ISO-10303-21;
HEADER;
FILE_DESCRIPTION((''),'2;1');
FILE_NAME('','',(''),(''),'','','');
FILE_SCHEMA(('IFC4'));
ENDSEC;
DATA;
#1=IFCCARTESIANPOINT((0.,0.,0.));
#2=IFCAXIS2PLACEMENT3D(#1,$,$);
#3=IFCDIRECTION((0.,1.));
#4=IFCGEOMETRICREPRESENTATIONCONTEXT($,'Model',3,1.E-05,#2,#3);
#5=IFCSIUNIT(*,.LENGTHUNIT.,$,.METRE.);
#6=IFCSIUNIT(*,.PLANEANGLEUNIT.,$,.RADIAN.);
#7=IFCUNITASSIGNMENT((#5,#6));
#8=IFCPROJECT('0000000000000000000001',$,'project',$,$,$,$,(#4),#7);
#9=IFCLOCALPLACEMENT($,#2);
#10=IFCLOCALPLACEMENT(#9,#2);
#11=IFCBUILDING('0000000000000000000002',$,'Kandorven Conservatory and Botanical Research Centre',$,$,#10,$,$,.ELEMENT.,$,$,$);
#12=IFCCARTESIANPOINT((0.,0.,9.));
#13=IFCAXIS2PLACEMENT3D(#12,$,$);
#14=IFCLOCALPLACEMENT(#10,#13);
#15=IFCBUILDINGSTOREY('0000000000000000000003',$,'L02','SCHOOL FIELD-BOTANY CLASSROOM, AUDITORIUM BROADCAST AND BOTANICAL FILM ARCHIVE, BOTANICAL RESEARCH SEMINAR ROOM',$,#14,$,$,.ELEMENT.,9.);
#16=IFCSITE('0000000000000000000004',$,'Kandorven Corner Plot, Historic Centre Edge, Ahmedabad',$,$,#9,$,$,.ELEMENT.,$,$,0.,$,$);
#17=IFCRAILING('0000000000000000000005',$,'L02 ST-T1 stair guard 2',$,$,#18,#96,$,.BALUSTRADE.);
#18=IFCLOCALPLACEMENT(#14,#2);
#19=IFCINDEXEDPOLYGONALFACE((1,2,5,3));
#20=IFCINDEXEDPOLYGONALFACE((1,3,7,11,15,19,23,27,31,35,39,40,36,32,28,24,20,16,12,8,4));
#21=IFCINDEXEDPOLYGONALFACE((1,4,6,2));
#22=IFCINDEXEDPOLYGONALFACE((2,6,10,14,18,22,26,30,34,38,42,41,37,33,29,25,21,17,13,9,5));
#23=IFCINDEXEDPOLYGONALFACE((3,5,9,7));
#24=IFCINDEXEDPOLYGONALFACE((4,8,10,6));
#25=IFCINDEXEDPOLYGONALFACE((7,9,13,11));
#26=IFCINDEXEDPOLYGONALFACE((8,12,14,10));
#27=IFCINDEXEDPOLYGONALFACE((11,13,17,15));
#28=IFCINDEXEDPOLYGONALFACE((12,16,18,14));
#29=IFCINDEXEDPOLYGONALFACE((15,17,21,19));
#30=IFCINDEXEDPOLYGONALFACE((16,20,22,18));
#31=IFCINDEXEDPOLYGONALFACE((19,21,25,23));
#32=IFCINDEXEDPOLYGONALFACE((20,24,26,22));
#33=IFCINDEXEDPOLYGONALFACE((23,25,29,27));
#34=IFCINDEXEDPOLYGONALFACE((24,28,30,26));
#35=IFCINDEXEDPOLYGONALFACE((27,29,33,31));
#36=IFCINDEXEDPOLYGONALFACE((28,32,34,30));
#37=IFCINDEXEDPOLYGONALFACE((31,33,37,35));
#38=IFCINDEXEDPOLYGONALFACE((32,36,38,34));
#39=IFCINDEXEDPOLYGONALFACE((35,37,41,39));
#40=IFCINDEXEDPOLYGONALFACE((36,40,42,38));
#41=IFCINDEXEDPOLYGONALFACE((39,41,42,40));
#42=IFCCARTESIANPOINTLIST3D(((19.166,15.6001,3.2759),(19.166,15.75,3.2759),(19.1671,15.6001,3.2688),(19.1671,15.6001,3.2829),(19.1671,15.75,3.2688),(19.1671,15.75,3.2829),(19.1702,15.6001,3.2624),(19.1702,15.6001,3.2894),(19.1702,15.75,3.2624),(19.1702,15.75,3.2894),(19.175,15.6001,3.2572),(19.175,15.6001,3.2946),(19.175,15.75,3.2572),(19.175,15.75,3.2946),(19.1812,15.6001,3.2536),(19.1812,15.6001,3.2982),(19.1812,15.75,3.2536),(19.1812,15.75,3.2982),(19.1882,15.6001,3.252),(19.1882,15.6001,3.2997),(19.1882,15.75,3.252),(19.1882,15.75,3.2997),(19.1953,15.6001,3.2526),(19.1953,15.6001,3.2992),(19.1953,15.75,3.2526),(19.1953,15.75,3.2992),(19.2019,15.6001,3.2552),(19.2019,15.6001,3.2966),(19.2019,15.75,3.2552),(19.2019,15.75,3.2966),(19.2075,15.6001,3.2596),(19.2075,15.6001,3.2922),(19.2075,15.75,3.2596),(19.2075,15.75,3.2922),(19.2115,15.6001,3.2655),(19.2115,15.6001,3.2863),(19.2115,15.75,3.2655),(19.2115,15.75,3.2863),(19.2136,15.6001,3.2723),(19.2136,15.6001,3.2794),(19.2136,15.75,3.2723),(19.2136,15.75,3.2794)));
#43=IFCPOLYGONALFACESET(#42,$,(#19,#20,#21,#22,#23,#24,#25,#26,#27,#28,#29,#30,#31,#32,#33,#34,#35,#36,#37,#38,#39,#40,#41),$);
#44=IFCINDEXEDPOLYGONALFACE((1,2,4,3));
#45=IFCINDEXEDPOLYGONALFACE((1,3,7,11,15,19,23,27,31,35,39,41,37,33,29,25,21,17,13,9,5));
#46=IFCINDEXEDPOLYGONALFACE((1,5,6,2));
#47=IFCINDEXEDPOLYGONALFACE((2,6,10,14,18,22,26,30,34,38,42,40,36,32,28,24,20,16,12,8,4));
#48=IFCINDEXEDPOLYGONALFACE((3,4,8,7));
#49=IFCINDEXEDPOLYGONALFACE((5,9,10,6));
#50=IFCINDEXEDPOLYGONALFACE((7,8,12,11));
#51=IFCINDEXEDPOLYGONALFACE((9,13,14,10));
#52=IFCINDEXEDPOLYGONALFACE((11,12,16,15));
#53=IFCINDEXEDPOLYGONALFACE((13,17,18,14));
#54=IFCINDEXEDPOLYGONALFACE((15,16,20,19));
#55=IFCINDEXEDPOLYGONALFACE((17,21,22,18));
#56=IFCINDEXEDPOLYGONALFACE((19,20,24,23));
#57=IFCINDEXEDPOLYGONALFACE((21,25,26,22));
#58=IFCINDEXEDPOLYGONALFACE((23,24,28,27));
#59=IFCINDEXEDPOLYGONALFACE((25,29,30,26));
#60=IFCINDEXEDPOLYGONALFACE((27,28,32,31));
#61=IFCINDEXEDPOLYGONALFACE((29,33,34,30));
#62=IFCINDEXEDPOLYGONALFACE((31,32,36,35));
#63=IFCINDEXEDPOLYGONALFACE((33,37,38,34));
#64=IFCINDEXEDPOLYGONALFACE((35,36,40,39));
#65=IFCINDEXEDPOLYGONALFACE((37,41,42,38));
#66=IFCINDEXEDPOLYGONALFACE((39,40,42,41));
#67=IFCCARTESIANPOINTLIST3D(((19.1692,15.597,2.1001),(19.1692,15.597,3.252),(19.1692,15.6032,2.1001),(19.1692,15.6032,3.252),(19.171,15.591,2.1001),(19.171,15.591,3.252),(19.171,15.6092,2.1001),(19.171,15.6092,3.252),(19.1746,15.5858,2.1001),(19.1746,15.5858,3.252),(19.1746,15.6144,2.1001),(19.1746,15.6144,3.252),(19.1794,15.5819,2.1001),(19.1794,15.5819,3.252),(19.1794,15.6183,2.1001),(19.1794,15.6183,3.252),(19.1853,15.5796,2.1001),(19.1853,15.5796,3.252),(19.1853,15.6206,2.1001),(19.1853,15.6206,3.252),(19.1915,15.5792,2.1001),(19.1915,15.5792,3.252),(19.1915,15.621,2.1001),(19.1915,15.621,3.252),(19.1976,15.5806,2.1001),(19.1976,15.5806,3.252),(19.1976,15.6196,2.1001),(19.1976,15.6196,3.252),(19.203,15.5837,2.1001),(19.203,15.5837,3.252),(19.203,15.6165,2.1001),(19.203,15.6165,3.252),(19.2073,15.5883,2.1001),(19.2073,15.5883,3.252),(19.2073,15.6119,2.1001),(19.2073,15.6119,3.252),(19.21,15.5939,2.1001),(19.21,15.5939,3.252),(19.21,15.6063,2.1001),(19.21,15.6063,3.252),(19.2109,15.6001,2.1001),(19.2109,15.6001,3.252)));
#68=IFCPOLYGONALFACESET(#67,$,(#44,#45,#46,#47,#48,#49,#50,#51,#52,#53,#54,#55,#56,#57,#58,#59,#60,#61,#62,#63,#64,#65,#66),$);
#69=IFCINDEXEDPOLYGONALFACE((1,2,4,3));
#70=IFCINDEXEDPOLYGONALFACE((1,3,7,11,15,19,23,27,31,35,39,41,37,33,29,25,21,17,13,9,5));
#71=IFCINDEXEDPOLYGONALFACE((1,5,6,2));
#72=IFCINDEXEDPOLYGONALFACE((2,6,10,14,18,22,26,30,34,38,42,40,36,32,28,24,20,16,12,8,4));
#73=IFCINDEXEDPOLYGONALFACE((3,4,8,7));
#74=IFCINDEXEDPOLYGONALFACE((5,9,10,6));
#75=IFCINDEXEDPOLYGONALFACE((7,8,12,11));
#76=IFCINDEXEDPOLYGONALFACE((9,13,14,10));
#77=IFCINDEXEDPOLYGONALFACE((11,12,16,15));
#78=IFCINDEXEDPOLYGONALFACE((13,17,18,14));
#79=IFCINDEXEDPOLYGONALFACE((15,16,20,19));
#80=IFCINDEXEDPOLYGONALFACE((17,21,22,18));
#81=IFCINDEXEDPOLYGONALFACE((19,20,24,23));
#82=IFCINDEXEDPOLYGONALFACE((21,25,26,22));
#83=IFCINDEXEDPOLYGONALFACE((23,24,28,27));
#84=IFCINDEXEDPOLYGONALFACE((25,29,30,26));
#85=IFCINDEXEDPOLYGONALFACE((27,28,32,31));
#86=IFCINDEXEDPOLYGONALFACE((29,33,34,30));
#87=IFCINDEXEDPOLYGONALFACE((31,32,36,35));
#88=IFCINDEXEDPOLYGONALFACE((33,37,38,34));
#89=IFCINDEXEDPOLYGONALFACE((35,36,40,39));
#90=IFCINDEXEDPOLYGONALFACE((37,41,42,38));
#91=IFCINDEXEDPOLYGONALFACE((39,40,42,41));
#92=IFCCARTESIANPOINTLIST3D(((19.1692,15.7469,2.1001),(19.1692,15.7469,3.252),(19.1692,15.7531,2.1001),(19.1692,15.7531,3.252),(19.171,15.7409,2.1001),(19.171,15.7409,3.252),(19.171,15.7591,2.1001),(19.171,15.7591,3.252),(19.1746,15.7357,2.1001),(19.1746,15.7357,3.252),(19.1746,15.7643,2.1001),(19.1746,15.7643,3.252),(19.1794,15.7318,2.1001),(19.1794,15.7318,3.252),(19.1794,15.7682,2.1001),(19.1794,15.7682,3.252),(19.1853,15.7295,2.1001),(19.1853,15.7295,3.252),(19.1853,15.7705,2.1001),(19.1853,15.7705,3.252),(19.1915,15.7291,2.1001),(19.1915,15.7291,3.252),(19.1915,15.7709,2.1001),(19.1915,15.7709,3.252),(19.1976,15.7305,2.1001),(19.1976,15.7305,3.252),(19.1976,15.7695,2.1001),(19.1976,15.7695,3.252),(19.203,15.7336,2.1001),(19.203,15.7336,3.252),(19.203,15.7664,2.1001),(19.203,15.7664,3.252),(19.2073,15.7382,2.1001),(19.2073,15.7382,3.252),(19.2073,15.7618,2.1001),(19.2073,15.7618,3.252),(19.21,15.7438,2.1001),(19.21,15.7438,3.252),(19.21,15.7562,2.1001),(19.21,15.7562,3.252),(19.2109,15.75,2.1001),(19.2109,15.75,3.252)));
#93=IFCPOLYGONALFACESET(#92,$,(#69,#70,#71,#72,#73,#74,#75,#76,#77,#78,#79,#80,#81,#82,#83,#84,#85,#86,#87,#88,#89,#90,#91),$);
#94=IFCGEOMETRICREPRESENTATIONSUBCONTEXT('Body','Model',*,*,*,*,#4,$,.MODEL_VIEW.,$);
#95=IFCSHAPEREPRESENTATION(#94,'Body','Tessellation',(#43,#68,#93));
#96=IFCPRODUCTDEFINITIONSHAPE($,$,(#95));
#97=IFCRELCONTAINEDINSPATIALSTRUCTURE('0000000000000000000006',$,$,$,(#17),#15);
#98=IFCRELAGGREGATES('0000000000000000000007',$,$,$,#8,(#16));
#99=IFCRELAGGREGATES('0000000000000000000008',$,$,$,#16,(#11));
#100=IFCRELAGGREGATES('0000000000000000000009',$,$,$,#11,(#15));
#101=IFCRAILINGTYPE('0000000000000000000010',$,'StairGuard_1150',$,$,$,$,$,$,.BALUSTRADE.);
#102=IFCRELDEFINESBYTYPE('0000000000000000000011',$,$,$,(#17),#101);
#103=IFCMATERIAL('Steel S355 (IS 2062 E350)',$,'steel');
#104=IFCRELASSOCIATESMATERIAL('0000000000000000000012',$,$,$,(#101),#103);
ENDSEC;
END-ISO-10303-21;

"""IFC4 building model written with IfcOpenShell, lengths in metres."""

from ifc_helpers import new_model, si_unit, direction, frame, origin, origin_2d, place, context, subcontext, project, spatial, circle, extrude, material, type_object, element, save


model = new_model("IFC4")

# Units and contexts
model_context = context("Model", 3, precision=1e-05, world=origin(), true_north=direction((0.0, 1.0)))
body_context = subcontext(model_context, "Body", "Model", "MODEL_VIEW")
ifc_project = project(units=[si_unit("LENGTHUNIT", "METRE"), si_unit("PLANEANGLEUNIT", "RADIAN")], contexts=[model_context])

# Site, building, storey
site_placement = place(None, origin())
site = spatial("IfcSite", under=ifc_project, at=site_placement, Name="Kandorven Corner Plot, Historic Centre Edge, Ahmedabad", CompositionType="ELEMENT", RefElevation=0.0)
building_placement = place(site_placement, origin())
building = spatial("IfcBuilding", under=site, at=building_placement, Name="Kandorven Conservatory and Botanical Research Centre", CompositionType="ELEMENT")
storey_placement = place(building_placement, frame((0.0, 0.0, 9.0)))
storey = spatial("IfcBuildingStorey", under=building, at=storey_placement, Name="L02", Description="SCHOOL FIELD-BOTANY CLASSROOM, AUDITORIUM BROADCAST AND BOTANICAL FILM ARCHIVE, BOTANICAL RESEARCH SEMINAR ROOM", CompositionType="ELEMENT", Elevation=9.0)

# Railing
ifc_material_1 = material(Name="Steel S355 (IS 2062 E350)", Category="steel")
railing_type_1 = type_object("IfcRailingType", Name="StairGuard_1150", PredefinedType="BALUSTRADE", material=ifc_material_1)
railing_1_placement = place(storey_placement, frame((19.1899, 15.6001, 2.1001)))
element("IfcRailing", 1, at=railing_1_placement, inside=storey, type_object=railing_type_1, Name="L02 ST-T1 stair guard 2", PredefinedType="BALUSTRADE", context=body_context, shape_type="SweptSolid", body=[
    extrude(circle(Radius=0.0239, at=origin_2d()), frame((0.0, 0.0, 1.1758), z_axis=(0.0, 1.0, 0.0), x_axis=(-1.0, 0.0, 0.0)), (0.0, 0.0, 1.0), 0.1499),
    extrude(circle(Radius=0.021, at=origin_2d()), origin(), (0.0, 0.0, 1.0), 1.1519),
    extrude(circle(Radius=0.021, at=origin_2d()), frame((0.0, 0.1499, 0.0)), (0.0, 0.0, 1.0), 1.1519),
])

save(model, "model.ifc")
